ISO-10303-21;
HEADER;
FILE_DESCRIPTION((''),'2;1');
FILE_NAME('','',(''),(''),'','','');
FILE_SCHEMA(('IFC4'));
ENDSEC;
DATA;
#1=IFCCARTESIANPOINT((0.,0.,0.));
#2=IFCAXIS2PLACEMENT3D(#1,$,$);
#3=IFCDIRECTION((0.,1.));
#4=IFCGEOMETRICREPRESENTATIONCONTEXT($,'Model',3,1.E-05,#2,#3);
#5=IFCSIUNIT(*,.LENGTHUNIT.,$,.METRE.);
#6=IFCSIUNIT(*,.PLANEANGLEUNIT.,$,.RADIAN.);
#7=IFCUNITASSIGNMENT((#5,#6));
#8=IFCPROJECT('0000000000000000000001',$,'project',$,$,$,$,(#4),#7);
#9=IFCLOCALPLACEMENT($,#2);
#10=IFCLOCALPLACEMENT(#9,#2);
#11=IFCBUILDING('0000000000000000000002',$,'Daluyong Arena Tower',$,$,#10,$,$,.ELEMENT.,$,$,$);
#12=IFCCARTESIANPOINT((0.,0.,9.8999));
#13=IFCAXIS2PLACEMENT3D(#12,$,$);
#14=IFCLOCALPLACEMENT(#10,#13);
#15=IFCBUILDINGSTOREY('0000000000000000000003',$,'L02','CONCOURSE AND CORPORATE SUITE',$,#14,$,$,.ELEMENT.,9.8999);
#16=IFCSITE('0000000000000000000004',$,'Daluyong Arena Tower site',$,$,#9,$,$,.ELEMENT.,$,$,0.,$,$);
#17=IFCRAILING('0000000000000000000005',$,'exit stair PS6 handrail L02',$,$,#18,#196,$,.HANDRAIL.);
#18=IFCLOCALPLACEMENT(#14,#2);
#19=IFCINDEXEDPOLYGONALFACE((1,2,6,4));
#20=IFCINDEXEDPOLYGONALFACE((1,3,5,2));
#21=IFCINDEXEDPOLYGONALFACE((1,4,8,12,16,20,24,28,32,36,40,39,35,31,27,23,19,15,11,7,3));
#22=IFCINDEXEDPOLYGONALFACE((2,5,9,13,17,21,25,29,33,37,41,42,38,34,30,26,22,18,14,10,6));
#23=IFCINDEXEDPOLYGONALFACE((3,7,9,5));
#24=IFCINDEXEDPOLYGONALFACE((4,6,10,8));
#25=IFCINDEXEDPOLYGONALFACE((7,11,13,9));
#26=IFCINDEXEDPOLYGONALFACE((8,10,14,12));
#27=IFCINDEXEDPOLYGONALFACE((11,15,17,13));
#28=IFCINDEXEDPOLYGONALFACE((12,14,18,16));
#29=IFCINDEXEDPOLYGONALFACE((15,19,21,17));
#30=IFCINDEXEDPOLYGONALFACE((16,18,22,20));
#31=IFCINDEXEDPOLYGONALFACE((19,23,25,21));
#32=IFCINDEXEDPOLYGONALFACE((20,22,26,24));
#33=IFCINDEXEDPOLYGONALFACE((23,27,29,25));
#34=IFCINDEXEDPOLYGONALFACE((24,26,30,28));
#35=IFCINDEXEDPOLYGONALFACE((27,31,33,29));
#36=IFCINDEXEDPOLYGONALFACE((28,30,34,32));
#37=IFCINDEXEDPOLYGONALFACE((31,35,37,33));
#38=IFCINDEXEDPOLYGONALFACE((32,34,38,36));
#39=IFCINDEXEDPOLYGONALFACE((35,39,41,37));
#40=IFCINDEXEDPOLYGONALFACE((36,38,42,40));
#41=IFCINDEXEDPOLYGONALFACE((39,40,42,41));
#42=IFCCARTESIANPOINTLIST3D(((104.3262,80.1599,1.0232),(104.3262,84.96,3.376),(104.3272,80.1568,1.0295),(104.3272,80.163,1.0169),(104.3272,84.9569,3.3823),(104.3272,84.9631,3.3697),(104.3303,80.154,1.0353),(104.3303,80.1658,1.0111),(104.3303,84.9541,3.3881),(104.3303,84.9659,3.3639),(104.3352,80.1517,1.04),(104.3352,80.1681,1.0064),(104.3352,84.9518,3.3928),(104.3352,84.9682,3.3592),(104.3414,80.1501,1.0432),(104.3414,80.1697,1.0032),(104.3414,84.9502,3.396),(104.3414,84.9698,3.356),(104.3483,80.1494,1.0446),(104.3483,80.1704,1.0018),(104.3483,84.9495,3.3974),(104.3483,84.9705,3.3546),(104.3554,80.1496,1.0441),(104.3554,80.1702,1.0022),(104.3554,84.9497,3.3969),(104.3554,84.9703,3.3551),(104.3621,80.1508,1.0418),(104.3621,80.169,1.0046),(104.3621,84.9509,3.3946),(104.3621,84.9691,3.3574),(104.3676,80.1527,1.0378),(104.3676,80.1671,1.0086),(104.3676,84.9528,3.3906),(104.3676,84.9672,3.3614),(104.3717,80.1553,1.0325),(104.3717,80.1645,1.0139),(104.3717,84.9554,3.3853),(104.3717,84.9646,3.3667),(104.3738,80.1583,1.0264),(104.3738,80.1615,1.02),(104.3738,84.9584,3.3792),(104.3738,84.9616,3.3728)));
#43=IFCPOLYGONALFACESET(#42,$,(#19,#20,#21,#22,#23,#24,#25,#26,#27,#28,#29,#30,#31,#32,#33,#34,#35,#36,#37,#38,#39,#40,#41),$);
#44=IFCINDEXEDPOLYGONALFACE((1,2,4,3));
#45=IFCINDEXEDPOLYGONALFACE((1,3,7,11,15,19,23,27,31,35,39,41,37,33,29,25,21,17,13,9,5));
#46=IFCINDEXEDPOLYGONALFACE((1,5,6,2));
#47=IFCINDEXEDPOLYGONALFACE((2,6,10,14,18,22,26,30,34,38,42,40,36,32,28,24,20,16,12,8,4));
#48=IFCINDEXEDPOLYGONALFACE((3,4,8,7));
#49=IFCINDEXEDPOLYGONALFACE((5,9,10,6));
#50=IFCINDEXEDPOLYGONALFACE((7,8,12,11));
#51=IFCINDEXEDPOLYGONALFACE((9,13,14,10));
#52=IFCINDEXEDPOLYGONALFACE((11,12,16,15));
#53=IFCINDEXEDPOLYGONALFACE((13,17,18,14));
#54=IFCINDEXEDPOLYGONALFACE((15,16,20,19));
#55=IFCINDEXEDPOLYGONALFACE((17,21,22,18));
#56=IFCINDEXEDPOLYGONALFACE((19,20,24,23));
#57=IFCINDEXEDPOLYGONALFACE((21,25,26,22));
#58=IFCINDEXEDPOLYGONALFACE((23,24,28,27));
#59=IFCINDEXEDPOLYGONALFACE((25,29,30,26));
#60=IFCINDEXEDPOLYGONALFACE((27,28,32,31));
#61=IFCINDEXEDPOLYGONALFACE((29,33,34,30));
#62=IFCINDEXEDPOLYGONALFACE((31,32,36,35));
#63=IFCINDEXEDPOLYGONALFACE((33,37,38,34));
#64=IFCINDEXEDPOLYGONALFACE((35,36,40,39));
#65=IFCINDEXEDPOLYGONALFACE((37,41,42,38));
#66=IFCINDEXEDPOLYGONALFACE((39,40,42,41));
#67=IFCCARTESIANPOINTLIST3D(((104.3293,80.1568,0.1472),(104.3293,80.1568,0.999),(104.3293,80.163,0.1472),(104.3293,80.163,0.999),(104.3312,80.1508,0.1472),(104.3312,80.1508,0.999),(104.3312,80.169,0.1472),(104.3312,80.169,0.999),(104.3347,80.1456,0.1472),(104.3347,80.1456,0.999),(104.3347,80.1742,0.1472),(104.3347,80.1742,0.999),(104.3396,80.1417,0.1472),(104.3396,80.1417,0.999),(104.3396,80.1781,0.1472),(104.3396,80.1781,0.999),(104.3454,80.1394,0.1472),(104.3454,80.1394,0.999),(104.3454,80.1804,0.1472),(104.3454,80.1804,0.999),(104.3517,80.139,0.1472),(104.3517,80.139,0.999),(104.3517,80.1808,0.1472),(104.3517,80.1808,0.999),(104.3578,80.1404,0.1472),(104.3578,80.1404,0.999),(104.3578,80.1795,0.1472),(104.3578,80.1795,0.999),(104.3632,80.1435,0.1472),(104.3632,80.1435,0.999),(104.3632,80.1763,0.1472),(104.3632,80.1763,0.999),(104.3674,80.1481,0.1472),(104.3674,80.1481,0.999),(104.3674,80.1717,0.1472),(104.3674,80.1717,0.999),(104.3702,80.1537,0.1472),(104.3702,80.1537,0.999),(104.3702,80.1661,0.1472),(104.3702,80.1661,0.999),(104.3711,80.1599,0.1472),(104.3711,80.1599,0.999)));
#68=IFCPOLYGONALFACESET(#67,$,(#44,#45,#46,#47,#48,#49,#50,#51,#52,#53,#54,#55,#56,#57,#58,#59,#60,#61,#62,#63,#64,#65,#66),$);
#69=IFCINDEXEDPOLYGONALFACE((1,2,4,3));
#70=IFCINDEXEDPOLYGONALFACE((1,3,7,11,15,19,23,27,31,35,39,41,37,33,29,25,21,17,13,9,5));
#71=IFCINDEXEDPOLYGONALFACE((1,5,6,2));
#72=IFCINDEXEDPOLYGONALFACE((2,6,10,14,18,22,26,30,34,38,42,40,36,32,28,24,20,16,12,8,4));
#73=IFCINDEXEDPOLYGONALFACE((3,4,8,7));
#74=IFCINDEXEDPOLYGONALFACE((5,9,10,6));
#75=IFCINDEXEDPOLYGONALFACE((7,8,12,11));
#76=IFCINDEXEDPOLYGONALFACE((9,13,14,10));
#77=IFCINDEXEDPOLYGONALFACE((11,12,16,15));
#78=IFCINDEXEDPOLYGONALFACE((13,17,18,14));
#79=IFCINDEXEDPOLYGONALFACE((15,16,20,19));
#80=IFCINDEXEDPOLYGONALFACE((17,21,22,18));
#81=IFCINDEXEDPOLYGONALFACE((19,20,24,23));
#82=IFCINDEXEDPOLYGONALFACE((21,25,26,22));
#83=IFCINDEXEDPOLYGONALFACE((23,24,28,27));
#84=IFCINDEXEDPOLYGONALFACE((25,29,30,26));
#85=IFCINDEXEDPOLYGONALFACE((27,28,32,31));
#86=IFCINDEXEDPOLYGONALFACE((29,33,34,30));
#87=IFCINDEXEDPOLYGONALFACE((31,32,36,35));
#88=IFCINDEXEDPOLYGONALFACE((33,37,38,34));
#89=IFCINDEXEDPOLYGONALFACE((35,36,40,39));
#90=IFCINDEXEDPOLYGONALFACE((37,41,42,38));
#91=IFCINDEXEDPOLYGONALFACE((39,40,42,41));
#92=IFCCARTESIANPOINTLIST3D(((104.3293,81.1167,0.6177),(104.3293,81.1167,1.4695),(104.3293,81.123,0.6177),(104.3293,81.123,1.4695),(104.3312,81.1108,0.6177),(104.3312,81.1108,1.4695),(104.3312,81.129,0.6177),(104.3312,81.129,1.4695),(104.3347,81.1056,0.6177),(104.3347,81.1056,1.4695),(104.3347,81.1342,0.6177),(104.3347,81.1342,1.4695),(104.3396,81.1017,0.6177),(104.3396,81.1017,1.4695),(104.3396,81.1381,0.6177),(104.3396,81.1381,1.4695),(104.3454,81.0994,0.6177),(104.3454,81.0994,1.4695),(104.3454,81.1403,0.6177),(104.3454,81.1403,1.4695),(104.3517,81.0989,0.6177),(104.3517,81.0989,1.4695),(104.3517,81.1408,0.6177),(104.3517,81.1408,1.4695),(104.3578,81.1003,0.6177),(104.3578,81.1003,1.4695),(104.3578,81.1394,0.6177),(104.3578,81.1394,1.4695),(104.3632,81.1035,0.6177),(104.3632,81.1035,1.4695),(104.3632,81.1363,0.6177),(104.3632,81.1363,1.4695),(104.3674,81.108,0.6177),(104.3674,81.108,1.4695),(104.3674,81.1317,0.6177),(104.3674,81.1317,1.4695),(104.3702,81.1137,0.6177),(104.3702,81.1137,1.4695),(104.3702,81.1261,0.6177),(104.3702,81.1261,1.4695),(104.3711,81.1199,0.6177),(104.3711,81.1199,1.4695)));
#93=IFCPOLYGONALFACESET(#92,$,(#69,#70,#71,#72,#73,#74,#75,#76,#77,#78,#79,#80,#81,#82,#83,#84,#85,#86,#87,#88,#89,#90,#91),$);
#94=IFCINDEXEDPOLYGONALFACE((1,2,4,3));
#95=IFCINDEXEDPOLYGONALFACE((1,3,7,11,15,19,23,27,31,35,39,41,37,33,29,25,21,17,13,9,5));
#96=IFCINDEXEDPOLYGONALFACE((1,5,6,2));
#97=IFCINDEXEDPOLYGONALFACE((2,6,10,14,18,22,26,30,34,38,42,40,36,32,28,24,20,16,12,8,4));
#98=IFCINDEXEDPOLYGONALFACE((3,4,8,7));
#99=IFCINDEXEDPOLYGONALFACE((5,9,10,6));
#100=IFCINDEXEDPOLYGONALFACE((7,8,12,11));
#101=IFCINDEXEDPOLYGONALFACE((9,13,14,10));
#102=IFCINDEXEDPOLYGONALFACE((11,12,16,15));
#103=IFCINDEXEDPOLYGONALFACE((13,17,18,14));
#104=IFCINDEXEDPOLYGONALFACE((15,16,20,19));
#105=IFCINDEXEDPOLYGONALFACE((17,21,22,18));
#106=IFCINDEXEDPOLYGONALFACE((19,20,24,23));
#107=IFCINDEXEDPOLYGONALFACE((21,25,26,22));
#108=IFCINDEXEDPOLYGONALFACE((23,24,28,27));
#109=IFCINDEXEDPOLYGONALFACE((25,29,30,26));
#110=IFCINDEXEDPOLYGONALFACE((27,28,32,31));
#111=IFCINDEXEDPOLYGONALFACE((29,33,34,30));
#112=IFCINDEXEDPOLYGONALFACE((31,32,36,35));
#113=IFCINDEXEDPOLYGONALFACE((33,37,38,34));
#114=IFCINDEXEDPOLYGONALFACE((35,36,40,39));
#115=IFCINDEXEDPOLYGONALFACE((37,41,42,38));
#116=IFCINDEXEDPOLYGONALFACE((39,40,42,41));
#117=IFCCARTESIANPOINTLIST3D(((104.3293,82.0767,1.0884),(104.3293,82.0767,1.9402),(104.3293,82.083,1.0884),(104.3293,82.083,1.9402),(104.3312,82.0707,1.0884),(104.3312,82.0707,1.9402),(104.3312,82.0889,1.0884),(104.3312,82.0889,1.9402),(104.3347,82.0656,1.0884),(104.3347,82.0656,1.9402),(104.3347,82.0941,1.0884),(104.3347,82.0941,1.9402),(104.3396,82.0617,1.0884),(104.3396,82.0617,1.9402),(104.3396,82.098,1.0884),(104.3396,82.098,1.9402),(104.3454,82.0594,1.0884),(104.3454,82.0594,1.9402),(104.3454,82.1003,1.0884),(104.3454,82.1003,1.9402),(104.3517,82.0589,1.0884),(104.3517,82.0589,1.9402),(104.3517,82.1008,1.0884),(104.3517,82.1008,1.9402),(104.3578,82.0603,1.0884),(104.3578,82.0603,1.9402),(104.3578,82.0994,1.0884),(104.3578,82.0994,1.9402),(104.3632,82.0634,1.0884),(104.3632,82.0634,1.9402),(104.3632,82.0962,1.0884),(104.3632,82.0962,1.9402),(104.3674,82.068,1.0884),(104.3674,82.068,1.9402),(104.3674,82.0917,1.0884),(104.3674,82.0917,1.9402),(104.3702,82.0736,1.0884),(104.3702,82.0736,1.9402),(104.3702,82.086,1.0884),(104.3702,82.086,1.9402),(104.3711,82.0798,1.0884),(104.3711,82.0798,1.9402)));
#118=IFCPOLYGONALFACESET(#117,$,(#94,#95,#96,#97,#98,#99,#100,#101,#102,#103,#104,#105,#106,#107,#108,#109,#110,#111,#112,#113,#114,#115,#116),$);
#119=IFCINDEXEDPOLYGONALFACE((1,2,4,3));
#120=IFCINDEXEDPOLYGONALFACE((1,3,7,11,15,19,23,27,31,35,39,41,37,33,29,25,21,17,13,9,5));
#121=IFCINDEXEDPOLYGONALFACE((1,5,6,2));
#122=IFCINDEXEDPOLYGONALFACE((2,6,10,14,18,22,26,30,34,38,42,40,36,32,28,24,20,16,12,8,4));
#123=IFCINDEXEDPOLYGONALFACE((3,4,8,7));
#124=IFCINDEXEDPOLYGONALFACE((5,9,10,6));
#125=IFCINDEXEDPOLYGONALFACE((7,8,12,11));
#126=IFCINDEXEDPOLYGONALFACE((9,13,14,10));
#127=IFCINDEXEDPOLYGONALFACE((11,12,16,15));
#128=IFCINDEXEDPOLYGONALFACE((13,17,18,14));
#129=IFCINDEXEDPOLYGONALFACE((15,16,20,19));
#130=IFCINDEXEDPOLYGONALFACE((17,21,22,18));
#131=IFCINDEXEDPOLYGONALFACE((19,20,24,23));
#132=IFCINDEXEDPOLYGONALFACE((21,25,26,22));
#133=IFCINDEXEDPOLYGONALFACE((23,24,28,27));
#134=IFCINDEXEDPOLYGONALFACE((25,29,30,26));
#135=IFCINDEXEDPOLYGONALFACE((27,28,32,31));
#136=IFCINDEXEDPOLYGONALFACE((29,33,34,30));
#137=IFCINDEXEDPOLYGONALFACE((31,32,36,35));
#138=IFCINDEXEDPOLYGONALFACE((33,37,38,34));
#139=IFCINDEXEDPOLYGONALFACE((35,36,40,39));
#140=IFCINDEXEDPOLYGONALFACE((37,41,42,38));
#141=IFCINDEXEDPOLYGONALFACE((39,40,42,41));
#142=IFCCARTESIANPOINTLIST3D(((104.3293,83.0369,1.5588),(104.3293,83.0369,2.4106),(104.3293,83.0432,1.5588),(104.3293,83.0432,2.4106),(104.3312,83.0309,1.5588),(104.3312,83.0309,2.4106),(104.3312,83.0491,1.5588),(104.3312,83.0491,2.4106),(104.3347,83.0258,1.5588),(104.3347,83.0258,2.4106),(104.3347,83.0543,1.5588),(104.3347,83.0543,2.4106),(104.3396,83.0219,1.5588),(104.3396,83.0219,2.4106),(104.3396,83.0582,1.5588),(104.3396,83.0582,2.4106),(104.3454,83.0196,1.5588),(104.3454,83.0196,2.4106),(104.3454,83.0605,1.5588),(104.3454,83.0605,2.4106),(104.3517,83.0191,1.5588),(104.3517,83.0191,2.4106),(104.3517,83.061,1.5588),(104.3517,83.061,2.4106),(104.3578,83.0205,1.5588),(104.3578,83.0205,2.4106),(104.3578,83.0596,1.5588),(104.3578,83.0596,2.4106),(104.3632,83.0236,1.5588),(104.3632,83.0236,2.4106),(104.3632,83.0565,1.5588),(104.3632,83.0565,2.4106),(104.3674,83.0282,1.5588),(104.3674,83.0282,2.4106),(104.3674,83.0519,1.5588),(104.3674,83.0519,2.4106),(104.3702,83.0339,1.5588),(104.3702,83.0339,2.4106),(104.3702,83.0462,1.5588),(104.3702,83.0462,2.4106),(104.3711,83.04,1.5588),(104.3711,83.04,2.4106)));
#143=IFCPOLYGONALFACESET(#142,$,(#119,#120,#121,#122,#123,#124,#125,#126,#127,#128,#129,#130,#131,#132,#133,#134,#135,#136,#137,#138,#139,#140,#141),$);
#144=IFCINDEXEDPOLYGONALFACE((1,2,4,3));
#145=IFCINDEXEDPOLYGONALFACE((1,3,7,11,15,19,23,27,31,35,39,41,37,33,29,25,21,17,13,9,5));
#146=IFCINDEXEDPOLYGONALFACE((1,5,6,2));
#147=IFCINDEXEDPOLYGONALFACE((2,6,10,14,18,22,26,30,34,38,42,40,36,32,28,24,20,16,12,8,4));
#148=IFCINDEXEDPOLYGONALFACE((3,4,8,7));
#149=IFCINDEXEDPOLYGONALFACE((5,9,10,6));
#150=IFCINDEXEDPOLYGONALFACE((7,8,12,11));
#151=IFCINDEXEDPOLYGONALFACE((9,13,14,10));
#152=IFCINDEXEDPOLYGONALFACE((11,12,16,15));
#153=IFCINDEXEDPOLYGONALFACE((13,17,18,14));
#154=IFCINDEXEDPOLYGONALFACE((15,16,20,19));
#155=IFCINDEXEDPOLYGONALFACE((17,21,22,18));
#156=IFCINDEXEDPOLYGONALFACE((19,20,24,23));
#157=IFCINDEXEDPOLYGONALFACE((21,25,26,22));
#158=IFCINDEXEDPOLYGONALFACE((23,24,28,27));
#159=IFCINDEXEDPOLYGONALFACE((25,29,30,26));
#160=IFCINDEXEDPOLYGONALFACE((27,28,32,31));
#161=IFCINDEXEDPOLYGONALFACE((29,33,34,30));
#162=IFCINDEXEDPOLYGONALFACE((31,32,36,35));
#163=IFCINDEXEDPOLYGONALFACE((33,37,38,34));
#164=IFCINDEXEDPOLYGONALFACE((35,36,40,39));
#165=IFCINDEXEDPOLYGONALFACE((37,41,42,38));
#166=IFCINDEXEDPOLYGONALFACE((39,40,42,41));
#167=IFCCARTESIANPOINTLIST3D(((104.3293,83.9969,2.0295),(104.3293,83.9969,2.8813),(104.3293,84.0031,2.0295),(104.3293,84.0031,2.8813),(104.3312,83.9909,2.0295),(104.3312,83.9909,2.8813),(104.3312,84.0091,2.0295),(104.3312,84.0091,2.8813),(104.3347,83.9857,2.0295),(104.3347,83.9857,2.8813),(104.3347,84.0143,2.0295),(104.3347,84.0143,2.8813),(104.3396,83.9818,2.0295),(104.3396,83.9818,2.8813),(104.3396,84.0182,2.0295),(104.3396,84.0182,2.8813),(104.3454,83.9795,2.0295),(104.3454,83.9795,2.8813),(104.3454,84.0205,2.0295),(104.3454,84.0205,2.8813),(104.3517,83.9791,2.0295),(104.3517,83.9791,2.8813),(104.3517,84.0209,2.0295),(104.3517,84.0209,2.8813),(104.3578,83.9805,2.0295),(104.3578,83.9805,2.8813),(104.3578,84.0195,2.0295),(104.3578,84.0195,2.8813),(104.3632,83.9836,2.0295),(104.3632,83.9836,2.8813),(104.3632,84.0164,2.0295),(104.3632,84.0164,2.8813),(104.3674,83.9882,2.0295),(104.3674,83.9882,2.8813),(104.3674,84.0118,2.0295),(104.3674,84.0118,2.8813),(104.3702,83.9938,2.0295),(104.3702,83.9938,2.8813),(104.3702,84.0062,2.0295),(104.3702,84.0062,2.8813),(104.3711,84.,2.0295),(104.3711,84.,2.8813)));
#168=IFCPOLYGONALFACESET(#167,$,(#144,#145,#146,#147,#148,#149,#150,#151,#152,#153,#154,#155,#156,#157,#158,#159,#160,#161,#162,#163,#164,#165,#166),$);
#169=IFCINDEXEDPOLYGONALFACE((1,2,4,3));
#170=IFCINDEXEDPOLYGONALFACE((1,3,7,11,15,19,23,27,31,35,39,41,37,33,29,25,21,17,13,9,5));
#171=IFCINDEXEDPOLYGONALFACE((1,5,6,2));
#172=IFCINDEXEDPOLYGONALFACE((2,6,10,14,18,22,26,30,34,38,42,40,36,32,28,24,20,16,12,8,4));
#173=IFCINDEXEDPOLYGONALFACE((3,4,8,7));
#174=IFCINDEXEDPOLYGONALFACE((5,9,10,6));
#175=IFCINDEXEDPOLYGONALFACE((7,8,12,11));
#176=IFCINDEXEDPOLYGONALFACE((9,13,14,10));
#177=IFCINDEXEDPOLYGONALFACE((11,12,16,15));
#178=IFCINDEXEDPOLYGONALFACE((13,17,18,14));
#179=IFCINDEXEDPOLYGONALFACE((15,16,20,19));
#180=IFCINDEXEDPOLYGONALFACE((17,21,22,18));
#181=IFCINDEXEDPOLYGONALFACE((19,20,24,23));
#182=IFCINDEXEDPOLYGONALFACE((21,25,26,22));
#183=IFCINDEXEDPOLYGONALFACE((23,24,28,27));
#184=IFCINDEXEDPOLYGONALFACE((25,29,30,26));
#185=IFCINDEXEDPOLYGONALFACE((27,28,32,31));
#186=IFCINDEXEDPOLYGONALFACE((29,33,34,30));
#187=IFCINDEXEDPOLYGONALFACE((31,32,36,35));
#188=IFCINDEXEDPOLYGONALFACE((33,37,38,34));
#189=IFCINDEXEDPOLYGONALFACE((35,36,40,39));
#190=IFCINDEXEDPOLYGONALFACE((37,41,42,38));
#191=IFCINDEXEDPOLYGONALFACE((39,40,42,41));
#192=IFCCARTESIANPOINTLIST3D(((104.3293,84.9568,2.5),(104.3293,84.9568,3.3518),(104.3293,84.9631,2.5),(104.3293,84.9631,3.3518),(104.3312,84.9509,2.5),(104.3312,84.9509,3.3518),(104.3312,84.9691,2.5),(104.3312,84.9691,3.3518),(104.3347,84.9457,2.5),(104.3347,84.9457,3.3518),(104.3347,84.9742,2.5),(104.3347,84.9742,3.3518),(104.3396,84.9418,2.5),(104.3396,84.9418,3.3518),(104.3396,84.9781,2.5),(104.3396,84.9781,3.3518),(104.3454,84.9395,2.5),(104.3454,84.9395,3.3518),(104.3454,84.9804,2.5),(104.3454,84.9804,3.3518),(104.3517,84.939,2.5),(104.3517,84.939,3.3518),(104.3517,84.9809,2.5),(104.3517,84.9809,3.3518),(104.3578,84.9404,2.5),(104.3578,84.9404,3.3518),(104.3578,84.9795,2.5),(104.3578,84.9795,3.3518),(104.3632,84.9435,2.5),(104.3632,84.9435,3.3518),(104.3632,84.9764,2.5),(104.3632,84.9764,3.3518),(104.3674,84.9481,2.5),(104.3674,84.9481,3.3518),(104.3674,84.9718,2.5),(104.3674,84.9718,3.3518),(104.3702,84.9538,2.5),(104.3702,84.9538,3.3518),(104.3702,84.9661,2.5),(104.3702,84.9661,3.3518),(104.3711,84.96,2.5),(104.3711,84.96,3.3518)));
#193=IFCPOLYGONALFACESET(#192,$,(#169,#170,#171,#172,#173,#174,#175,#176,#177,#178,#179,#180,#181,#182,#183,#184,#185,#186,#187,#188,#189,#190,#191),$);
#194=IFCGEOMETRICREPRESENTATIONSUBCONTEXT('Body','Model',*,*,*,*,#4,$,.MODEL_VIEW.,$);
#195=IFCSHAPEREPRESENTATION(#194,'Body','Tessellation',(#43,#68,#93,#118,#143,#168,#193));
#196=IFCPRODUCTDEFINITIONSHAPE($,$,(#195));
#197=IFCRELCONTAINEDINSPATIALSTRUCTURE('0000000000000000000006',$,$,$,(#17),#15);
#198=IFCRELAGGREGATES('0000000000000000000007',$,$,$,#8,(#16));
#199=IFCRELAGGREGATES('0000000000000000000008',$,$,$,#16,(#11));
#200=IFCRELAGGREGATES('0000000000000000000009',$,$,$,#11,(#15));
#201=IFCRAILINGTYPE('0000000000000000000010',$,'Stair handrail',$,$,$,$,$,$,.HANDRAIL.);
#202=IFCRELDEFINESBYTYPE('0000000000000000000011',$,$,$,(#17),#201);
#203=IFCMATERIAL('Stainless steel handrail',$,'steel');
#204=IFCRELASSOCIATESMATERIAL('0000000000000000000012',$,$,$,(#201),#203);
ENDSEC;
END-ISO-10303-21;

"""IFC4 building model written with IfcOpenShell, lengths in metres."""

from ifc_helpers import new_model, si_unit, direction, frame, origin, origin_2d, place, context, subcontext, project, spatial, circle, extrude, material, type_object, element, save


model = new_model("IFC4")

# Units and contexts
model_context = context("Model", 3, precision=1e-05, world=origin(), true_north=direction((0.0, 1.0)))
body_context = subcontext(model_context, "Body", "Model", "MODEL_VIEW")
ifc_project = project(units=[si_unit("LENGTHUNIT", "METRE"), si_unit("PLANEANGLEUNIT", "RADIAN")], contexts=[model_context])

# Site, building, storey
site_placement = place(None, origin())
site = spatial("IfcSite", under=ifc_project, at=site_placement, Name="Daluyong Arena Tower site", CompositionType="ELEMENT", RefElevation=0.0)
building_placement = place(site_placement, origin())
building = spatial("IfcBuilding", under=site, at=building_placement, Name="Daluyong Arena Tower", CompositionType="ELEMENT")
storey_placement = place(building_placement, frame((0.0, 0.0, 9.8999)))
storey = spatial("IfcBuildingStorey", under=building, at=storey_placement, Name="L02", Description="CONCOURSE AND CORPORATE SUITE", CompositionType="ELEMENT", Elevation=9.8999)

# Railing
ifc_material_1 = material(Name="Stainless steel handrail", Category="steel")
railing_type_1 = type_object("IfcRailingType", Name="Stair handrail", PredefinedType="HANDRAIL", material=ifc_material_1)
railing_1_placement = place(storey_placement, frame((104.3501, 80.1599, 0.1472)))
element("IfcRailing", 1, at=railing_1_placement, inside=storey, type_object=railing_type_1, Name="exit stair PS6 handrail L02", PredefinedType="HANDRAIL", context=body_context, shape_type="SweptSolid", body=[
    extrude(circle(Radius=0.0239, at=origin_2d()), frame((0.0, 0.0, 0.876), z_axis=(0.0, 0.897934, 0.44013), x_axis=(-1.0, 0.0, 0.0)), (0.0, 0.0, 1.0), 5.3457),
    extrude(circle(Radius=0.021, at=origin_2d()), origin(), (0.0, 0.0, 1.0), 0.8518),
    extrude(circle(Radius=0.021, at=origin_2d()), frame((0.0, 0.96, 0.4705)), (0.0, 0.0, 1.0), 0.8518),
    extrude(circle(Radius=0.021, at=origin_2d()), frame((0.0, 1.9199, 0.9412)), (0.0, 0.0, 1.0), 0.8518),
    extrude(circle(Radius=0.021, at=origin_2d()), frame((0.0, 2.8801, 1.4116)), (0.0, 0.0, 1.0), 0.8518),
    extrude(circle(Radius=0.021, at=origin_2d()), frame((0.0, 3.8401, 1.8823)), (0.0, 0.0, 1.0), 0.8518),
    extrude(circle(Radius=0.021, at=origin_2d()), frame((0.0, 4.8, 2.3528)), (0.0, 0.0, 1.0), 0.8518),
])

save(model, "model.ifc")
